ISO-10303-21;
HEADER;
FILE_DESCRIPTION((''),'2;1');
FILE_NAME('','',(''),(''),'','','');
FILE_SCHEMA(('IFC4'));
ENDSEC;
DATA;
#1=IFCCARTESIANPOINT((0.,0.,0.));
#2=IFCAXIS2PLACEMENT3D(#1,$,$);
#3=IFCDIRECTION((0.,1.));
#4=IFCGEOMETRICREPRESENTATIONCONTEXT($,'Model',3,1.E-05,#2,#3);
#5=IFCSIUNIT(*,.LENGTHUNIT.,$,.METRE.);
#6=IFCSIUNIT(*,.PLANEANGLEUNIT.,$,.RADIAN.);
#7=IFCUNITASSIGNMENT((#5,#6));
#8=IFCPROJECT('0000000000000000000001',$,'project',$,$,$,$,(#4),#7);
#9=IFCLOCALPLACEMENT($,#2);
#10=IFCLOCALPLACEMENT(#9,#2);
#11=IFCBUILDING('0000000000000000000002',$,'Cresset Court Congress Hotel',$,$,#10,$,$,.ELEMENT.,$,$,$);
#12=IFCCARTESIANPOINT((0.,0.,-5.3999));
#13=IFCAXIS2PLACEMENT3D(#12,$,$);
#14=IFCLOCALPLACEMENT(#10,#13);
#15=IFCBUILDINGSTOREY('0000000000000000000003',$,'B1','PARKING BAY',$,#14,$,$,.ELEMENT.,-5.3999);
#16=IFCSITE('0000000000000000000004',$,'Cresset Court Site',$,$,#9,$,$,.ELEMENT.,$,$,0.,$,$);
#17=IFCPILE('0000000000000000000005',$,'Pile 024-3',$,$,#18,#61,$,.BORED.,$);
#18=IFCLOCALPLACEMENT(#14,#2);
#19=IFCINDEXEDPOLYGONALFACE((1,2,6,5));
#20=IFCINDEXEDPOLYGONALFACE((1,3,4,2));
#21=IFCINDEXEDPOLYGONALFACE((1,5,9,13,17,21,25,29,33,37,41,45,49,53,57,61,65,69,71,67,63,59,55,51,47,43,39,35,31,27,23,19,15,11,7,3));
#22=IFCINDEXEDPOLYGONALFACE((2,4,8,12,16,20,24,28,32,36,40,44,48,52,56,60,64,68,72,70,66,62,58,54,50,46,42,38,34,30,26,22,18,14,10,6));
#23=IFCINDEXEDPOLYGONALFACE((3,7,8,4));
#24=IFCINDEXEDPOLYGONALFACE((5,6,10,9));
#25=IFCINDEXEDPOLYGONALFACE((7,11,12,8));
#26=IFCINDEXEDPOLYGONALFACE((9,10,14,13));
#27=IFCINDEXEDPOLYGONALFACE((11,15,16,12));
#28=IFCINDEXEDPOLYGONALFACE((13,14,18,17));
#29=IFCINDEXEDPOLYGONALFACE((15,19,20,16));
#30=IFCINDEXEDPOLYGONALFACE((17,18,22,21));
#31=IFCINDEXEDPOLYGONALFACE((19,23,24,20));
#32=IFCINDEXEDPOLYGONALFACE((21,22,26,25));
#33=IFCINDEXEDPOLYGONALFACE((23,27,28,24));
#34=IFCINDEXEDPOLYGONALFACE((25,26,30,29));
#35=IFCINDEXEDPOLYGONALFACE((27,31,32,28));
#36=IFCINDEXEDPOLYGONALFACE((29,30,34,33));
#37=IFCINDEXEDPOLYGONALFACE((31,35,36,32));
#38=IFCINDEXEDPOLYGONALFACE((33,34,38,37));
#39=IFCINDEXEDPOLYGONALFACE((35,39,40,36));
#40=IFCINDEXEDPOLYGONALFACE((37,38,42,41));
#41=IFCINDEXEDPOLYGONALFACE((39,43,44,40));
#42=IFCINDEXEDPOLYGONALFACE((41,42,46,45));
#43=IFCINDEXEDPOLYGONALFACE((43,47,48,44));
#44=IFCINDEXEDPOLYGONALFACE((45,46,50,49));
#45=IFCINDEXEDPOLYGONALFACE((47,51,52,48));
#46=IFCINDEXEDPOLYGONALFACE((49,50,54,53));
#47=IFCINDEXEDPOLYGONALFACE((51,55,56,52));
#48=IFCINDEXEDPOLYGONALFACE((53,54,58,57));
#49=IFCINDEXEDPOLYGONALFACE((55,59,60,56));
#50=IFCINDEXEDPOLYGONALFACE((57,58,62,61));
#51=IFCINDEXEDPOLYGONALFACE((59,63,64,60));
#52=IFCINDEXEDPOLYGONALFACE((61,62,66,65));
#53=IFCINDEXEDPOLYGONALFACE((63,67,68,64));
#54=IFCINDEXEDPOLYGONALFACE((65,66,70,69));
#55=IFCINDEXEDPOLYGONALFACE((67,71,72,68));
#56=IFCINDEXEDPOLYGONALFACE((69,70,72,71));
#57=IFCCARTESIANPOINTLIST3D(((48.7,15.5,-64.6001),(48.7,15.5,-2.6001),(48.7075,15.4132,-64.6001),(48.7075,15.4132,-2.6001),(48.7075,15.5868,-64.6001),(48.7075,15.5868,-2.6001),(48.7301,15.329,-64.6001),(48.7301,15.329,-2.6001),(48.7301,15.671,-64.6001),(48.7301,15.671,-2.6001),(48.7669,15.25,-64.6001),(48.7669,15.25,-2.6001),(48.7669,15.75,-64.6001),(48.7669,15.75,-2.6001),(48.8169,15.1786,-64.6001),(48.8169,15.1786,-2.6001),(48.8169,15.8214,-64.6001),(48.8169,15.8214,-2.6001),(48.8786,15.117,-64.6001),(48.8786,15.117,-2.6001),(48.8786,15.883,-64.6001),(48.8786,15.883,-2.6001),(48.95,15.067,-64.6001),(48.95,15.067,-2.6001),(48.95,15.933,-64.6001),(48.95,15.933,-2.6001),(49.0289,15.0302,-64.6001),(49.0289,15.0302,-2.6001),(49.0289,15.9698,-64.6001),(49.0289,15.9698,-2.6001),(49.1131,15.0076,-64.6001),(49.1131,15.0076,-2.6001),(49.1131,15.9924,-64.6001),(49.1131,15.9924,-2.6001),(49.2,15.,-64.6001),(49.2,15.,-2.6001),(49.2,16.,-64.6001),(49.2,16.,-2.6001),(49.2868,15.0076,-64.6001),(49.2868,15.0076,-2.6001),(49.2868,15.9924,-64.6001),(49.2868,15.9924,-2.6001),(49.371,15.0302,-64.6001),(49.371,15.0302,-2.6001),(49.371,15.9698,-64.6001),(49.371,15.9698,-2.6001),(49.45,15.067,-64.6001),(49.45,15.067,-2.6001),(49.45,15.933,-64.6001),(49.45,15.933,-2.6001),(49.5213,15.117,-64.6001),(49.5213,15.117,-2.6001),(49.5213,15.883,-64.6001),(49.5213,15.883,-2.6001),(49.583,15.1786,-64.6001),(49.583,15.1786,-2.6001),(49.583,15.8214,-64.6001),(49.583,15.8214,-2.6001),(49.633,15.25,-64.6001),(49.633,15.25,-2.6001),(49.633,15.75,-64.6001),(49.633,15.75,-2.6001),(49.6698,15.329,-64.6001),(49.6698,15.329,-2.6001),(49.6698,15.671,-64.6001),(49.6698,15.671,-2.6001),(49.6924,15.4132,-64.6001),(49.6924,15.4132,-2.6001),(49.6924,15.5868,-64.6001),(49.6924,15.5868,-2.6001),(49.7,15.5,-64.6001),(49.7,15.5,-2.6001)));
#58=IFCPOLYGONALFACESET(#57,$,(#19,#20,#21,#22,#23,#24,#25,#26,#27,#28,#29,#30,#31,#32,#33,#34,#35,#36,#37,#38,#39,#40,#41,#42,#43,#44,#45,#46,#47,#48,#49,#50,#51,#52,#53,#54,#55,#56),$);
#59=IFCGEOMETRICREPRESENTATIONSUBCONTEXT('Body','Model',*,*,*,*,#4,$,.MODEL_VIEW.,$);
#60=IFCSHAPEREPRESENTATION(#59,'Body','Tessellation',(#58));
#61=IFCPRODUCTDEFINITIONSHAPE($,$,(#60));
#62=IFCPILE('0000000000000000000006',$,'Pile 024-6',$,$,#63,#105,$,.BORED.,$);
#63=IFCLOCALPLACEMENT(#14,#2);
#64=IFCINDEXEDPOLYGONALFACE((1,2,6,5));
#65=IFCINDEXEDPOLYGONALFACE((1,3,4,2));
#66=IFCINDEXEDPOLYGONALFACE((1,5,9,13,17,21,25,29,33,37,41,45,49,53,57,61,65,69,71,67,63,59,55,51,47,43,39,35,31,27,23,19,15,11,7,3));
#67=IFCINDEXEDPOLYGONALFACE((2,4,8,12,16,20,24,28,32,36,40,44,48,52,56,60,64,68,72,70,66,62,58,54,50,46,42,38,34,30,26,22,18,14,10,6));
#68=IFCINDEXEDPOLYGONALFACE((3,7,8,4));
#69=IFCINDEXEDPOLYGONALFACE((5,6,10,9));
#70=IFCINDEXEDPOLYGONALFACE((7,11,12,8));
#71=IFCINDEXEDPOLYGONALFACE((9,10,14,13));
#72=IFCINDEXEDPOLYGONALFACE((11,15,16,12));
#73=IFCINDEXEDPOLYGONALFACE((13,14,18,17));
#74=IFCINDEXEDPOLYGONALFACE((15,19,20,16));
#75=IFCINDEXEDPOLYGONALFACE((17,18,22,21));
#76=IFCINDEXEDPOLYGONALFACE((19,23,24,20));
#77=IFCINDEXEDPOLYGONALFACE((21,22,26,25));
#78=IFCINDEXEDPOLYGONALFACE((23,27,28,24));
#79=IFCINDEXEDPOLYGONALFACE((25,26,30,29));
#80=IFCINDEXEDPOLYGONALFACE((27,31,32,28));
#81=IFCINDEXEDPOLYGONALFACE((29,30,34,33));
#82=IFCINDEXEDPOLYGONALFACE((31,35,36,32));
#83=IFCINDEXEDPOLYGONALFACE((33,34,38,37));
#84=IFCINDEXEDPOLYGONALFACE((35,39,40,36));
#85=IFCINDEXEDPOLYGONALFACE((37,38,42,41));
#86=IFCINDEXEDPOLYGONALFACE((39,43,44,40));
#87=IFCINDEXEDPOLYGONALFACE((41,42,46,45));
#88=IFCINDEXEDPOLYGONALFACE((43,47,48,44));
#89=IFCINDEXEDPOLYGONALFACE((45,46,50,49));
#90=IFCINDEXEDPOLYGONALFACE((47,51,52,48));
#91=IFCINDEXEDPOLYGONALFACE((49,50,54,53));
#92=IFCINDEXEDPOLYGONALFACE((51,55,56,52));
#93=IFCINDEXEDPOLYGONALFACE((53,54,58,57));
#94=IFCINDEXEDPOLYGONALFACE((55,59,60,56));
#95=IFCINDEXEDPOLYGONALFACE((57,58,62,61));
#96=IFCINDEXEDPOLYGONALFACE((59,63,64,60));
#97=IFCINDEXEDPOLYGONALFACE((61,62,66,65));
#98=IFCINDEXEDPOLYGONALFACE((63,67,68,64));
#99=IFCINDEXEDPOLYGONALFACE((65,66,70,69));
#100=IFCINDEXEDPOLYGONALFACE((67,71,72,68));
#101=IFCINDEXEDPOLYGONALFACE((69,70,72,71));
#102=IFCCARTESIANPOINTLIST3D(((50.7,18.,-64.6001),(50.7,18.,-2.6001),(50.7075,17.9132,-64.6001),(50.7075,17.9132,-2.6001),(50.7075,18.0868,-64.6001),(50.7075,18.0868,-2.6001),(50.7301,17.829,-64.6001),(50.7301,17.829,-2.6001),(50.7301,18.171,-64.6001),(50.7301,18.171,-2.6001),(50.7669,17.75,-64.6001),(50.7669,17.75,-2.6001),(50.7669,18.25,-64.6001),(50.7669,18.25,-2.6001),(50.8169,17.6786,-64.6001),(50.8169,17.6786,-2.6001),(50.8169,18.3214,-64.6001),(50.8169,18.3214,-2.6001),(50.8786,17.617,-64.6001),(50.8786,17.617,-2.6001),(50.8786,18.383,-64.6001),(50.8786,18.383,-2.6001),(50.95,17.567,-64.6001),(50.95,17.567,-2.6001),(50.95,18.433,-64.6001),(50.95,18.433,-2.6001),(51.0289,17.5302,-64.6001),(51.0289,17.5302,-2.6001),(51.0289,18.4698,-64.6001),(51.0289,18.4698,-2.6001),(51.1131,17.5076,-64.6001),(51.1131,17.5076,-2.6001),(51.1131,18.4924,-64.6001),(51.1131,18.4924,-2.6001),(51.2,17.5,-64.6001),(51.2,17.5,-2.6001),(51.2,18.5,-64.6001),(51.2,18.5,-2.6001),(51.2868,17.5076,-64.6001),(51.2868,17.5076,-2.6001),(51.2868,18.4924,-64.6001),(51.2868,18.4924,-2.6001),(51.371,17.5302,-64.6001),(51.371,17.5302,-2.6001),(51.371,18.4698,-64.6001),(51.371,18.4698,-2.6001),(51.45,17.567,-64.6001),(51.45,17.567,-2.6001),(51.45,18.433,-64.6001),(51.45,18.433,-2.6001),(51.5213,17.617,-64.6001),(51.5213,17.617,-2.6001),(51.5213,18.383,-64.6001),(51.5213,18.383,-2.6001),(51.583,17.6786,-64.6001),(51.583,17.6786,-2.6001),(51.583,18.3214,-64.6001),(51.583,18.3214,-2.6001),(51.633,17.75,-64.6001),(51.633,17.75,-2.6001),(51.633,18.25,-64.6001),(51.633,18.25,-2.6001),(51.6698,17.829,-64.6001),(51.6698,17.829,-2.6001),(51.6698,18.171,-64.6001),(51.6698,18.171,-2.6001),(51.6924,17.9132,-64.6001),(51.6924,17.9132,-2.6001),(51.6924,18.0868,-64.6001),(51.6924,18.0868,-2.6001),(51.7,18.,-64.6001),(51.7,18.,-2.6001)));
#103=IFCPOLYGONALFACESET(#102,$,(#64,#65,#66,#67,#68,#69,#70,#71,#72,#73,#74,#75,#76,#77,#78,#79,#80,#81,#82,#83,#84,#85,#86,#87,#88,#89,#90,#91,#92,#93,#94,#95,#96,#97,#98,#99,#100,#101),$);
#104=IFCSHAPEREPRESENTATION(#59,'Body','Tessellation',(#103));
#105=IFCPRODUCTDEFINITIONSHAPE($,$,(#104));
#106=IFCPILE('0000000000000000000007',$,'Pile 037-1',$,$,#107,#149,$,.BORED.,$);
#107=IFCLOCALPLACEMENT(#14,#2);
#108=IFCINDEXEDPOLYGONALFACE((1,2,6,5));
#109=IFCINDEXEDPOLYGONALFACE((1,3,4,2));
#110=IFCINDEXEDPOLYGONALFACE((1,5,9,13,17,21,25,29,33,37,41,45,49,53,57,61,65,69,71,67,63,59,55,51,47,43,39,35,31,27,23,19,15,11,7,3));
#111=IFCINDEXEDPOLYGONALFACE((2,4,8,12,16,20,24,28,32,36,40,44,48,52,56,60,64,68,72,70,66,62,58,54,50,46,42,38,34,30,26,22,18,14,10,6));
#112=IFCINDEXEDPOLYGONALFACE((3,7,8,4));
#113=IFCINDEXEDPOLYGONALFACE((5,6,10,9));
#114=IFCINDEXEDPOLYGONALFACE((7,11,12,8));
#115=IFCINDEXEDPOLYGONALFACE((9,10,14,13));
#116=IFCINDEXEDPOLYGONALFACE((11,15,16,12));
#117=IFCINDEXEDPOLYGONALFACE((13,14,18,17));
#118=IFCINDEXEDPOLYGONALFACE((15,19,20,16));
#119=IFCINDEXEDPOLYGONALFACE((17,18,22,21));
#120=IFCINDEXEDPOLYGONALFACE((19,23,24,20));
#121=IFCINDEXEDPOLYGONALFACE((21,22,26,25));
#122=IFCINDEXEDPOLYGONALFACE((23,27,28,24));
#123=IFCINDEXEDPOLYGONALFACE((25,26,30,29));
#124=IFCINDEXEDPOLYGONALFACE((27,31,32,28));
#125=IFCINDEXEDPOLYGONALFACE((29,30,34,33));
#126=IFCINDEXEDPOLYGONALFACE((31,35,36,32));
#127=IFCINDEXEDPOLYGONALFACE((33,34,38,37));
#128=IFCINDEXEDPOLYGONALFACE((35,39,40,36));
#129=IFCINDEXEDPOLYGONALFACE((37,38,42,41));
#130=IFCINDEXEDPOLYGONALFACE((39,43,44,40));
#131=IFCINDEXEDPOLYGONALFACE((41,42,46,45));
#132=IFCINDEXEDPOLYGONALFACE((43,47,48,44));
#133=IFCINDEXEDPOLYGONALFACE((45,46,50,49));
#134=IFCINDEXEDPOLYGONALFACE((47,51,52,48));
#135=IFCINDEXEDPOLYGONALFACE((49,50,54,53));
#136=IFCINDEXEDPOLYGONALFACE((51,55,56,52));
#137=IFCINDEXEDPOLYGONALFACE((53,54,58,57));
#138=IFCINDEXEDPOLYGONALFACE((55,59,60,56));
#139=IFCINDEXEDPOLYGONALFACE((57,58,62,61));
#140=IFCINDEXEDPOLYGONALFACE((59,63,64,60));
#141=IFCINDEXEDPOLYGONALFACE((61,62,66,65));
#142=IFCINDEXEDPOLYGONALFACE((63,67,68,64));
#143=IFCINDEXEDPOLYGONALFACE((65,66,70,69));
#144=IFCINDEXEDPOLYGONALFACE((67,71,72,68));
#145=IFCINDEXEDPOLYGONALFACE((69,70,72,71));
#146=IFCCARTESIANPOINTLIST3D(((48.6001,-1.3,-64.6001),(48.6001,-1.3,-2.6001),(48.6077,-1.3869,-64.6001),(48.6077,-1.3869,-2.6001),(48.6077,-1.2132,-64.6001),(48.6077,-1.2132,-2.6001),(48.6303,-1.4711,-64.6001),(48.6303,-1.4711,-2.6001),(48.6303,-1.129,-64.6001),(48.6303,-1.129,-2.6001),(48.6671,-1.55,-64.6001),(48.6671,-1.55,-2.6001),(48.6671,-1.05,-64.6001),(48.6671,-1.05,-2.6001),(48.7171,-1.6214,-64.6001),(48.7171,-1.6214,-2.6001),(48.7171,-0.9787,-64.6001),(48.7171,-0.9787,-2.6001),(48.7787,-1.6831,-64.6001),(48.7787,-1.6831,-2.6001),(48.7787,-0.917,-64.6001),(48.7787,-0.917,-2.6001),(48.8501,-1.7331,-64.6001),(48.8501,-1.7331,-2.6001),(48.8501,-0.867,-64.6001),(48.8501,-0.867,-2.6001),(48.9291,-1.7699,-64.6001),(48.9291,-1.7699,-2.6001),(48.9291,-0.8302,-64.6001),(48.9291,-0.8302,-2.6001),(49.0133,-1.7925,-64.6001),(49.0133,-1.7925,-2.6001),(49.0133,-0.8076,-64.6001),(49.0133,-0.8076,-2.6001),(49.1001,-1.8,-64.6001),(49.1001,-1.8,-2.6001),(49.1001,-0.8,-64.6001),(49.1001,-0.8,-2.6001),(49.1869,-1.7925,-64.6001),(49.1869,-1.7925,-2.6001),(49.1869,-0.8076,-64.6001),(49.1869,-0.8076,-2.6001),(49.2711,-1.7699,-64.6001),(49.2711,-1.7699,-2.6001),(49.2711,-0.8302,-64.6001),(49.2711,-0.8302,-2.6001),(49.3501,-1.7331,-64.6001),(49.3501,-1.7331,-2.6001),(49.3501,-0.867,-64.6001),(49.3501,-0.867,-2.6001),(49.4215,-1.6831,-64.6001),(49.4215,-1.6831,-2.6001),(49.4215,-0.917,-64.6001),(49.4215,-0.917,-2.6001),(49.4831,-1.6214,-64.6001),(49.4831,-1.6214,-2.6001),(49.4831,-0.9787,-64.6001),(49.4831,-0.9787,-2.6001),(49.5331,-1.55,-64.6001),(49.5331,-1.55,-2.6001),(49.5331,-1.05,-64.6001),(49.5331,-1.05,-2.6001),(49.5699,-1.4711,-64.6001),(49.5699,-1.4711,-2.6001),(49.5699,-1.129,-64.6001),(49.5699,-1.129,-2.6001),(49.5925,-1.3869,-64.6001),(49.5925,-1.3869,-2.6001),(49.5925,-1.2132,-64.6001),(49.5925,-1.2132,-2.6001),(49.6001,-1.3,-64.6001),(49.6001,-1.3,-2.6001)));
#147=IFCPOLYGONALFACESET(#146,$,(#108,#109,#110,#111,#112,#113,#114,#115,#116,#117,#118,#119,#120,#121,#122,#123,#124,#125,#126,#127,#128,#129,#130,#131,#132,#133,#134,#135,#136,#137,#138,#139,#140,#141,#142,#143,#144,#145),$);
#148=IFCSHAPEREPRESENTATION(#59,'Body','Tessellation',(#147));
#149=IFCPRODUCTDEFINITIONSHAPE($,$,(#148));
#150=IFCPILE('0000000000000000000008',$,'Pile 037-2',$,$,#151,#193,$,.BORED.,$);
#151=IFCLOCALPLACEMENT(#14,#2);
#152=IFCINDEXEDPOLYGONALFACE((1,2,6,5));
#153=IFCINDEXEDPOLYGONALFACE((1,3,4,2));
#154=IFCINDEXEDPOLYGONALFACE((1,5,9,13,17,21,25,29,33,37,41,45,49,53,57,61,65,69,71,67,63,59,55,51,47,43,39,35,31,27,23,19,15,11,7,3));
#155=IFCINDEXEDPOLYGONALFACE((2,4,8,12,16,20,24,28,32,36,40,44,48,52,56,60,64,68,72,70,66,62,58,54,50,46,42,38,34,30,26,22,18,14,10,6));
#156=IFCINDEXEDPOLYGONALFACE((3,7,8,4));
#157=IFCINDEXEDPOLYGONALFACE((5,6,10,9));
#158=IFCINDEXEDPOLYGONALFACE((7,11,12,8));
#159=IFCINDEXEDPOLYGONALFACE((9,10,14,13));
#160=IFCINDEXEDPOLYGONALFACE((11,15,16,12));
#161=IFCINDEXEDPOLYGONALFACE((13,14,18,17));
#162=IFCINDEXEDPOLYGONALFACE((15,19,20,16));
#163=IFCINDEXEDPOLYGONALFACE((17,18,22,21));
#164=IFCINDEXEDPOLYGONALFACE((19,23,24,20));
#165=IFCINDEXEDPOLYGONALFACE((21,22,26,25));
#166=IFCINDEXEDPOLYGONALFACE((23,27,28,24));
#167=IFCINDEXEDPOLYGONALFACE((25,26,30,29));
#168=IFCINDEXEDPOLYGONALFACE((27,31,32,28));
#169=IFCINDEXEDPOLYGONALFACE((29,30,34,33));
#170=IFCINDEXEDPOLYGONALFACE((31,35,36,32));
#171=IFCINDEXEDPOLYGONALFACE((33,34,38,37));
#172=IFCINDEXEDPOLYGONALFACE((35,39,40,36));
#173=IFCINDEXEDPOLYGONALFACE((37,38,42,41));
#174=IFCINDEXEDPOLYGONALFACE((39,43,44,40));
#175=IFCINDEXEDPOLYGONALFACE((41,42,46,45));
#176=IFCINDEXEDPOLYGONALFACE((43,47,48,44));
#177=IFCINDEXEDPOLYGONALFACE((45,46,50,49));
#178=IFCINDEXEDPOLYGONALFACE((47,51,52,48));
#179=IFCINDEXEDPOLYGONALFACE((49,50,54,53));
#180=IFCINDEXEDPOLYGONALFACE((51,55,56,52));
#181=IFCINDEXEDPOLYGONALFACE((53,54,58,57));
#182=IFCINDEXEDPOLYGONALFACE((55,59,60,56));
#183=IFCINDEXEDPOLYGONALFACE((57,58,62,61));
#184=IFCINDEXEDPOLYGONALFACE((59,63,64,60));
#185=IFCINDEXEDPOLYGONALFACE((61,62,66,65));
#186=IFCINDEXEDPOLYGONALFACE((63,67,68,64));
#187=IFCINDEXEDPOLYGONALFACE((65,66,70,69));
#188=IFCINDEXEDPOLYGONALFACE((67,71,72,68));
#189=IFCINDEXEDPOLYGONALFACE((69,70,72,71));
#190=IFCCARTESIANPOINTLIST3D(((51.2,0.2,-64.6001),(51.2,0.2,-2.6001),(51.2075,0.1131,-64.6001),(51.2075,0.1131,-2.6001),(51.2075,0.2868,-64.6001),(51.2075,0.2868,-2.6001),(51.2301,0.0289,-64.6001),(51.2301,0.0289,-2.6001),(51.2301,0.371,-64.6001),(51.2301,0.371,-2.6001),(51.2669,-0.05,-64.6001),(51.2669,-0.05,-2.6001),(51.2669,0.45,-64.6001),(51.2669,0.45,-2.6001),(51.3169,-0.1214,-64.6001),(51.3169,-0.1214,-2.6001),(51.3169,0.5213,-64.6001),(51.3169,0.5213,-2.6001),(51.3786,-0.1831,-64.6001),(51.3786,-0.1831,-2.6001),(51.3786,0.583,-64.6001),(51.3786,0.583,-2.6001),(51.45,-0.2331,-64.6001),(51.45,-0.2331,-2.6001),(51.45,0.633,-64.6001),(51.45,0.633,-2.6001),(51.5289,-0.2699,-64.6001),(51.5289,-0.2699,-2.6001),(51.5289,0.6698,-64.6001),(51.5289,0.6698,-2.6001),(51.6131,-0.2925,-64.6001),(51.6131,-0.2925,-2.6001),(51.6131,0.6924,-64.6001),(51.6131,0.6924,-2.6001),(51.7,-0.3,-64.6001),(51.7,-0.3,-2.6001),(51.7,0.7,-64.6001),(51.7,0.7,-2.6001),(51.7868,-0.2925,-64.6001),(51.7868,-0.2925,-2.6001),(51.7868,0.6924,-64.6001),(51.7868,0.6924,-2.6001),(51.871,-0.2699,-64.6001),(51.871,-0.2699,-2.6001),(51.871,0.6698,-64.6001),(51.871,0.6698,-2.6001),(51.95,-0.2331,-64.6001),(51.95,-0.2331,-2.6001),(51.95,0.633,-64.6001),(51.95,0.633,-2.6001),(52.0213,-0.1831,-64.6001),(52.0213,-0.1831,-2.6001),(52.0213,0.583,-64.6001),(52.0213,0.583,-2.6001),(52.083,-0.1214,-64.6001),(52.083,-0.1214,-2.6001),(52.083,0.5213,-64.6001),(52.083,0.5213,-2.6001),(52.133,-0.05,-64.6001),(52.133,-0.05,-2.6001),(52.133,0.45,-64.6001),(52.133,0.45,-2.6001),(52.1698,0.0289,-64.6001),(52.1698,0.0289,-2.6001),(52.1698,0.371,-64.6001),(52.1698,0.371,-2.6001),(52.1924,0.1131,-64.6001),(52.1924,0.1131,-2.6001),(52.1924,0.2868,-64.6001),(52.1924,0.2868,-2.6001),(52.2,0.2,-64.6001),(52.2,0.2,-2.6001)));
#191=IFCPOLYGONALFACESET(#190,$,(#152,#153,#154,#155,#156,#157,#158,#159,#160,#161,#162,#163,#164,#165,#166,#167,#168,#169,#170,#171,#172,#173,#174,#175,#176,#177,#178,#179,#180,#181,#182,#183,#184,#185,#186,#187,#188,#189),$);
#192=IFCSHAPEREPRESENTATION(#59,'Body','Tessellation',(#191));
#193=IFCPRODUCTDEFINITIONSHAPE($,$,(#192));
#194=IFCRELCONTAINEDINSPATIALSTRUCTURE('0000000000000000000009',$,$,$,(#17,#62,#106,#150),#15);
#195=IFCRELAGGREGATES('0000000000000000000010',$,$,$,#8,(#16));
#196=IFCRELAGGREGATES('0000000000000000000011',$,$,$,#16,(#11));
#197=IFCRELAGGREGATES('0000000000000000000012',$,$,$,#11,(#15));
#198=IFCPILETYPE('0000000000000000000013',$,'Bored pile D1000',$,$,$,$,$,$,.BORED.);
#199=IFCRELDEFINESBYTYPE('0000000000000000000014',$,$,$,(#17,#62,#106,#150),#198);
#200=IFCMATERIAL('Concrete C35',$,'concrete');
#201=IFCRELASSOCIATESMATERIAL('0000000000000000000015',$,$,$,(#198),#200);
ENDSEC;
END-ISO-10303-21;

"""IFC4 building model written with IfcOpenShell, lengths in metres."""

from ifc_helpers import new_model, si_unit, direction, frame, origin, origin_2d, place, context, subcontext, project, spatial, circle, extrude, material, type_object, element, save


model = new_model("IFC4")

# Units and contexts
model_context = context("Model", 3, precision=1e-05, world=origin(), true_north=direction((0.0, 1.0)))
body_context = subcontext(model_context, "Body", "Model", "MODEL_VIEW")
ifc_project = project(units=[si_unit("LENGTHUNIT", "METRE"), si_unit("PLANEANGLEUNIT", "RADIAN")], contexts=[model_context])

# Site, building, storey
site_placement = place(None, origin())
site = spatial("IfcSite", under=ifc_project, at=site_placement, Name="Cresset Court Site", CompositionType="ELEMENT", RefElevation=0.0)
building_placement = place(site_placement, origin())
building = spatial("IfcBuilding", under=site, at=building_placement, Name="Cresset Court Congress Hotel", CompositionType="ELEMENT")
storey_placement = place(building_placement, frame((0.0, 0.0, -5.3999)))
storey = spatial("IfcBuildingStorey", under=building, at=storey_placement, Name="B1", Description="PARKING BAY", CompositionType="ELEMENT", Elevation=-5.3999)

# Piles
ifc_material_1 = material(Name="Concrete C35", Category="concrete")
pile_type = type_object("IfcPileType", Name="Bored pile D1000", PredefinedType="BORED", material=ifc_material_1)
for number, where, z_axis, x_axis, name in (
    (1, (49.2, 15.5, -2.6001), (0.0, 0.0, -1.0), (1.0, 0.0, 0.0), "Pile 024-3"),
    (2, (51.2, 18.0, -2.6001), (0.0, 0.0, -1.0), (1.0, 0.0, 0.0), "Pile 024-6"),
    (3, (49.1001, -1.3, -2.6001), (0.0, 0.0, -1.0), (1.0, 0.0, 0.0), "Pile 037-1"),
    (4, (51.7, 0.2, -2.6001), (0.0, 0.0, -1.0), (1.0, 0.0, 0.0), "Pile 037-2"),
):
    element("IfcPile", number, at=place(storey_placement, frame(where, z_axis=z_axis, x_axis=x_axis)), inside=storey, type_object=pile_type, Name=name, PredefinedType="BORED", context=body_context, shape_type="SweptSolid", body=[
        extrude(circle(Radius=0.5, at=origin_2d()), origin(), (0.0, 0.0, 1.0), 62.0),
    ])

save(model, "model.ifc")
